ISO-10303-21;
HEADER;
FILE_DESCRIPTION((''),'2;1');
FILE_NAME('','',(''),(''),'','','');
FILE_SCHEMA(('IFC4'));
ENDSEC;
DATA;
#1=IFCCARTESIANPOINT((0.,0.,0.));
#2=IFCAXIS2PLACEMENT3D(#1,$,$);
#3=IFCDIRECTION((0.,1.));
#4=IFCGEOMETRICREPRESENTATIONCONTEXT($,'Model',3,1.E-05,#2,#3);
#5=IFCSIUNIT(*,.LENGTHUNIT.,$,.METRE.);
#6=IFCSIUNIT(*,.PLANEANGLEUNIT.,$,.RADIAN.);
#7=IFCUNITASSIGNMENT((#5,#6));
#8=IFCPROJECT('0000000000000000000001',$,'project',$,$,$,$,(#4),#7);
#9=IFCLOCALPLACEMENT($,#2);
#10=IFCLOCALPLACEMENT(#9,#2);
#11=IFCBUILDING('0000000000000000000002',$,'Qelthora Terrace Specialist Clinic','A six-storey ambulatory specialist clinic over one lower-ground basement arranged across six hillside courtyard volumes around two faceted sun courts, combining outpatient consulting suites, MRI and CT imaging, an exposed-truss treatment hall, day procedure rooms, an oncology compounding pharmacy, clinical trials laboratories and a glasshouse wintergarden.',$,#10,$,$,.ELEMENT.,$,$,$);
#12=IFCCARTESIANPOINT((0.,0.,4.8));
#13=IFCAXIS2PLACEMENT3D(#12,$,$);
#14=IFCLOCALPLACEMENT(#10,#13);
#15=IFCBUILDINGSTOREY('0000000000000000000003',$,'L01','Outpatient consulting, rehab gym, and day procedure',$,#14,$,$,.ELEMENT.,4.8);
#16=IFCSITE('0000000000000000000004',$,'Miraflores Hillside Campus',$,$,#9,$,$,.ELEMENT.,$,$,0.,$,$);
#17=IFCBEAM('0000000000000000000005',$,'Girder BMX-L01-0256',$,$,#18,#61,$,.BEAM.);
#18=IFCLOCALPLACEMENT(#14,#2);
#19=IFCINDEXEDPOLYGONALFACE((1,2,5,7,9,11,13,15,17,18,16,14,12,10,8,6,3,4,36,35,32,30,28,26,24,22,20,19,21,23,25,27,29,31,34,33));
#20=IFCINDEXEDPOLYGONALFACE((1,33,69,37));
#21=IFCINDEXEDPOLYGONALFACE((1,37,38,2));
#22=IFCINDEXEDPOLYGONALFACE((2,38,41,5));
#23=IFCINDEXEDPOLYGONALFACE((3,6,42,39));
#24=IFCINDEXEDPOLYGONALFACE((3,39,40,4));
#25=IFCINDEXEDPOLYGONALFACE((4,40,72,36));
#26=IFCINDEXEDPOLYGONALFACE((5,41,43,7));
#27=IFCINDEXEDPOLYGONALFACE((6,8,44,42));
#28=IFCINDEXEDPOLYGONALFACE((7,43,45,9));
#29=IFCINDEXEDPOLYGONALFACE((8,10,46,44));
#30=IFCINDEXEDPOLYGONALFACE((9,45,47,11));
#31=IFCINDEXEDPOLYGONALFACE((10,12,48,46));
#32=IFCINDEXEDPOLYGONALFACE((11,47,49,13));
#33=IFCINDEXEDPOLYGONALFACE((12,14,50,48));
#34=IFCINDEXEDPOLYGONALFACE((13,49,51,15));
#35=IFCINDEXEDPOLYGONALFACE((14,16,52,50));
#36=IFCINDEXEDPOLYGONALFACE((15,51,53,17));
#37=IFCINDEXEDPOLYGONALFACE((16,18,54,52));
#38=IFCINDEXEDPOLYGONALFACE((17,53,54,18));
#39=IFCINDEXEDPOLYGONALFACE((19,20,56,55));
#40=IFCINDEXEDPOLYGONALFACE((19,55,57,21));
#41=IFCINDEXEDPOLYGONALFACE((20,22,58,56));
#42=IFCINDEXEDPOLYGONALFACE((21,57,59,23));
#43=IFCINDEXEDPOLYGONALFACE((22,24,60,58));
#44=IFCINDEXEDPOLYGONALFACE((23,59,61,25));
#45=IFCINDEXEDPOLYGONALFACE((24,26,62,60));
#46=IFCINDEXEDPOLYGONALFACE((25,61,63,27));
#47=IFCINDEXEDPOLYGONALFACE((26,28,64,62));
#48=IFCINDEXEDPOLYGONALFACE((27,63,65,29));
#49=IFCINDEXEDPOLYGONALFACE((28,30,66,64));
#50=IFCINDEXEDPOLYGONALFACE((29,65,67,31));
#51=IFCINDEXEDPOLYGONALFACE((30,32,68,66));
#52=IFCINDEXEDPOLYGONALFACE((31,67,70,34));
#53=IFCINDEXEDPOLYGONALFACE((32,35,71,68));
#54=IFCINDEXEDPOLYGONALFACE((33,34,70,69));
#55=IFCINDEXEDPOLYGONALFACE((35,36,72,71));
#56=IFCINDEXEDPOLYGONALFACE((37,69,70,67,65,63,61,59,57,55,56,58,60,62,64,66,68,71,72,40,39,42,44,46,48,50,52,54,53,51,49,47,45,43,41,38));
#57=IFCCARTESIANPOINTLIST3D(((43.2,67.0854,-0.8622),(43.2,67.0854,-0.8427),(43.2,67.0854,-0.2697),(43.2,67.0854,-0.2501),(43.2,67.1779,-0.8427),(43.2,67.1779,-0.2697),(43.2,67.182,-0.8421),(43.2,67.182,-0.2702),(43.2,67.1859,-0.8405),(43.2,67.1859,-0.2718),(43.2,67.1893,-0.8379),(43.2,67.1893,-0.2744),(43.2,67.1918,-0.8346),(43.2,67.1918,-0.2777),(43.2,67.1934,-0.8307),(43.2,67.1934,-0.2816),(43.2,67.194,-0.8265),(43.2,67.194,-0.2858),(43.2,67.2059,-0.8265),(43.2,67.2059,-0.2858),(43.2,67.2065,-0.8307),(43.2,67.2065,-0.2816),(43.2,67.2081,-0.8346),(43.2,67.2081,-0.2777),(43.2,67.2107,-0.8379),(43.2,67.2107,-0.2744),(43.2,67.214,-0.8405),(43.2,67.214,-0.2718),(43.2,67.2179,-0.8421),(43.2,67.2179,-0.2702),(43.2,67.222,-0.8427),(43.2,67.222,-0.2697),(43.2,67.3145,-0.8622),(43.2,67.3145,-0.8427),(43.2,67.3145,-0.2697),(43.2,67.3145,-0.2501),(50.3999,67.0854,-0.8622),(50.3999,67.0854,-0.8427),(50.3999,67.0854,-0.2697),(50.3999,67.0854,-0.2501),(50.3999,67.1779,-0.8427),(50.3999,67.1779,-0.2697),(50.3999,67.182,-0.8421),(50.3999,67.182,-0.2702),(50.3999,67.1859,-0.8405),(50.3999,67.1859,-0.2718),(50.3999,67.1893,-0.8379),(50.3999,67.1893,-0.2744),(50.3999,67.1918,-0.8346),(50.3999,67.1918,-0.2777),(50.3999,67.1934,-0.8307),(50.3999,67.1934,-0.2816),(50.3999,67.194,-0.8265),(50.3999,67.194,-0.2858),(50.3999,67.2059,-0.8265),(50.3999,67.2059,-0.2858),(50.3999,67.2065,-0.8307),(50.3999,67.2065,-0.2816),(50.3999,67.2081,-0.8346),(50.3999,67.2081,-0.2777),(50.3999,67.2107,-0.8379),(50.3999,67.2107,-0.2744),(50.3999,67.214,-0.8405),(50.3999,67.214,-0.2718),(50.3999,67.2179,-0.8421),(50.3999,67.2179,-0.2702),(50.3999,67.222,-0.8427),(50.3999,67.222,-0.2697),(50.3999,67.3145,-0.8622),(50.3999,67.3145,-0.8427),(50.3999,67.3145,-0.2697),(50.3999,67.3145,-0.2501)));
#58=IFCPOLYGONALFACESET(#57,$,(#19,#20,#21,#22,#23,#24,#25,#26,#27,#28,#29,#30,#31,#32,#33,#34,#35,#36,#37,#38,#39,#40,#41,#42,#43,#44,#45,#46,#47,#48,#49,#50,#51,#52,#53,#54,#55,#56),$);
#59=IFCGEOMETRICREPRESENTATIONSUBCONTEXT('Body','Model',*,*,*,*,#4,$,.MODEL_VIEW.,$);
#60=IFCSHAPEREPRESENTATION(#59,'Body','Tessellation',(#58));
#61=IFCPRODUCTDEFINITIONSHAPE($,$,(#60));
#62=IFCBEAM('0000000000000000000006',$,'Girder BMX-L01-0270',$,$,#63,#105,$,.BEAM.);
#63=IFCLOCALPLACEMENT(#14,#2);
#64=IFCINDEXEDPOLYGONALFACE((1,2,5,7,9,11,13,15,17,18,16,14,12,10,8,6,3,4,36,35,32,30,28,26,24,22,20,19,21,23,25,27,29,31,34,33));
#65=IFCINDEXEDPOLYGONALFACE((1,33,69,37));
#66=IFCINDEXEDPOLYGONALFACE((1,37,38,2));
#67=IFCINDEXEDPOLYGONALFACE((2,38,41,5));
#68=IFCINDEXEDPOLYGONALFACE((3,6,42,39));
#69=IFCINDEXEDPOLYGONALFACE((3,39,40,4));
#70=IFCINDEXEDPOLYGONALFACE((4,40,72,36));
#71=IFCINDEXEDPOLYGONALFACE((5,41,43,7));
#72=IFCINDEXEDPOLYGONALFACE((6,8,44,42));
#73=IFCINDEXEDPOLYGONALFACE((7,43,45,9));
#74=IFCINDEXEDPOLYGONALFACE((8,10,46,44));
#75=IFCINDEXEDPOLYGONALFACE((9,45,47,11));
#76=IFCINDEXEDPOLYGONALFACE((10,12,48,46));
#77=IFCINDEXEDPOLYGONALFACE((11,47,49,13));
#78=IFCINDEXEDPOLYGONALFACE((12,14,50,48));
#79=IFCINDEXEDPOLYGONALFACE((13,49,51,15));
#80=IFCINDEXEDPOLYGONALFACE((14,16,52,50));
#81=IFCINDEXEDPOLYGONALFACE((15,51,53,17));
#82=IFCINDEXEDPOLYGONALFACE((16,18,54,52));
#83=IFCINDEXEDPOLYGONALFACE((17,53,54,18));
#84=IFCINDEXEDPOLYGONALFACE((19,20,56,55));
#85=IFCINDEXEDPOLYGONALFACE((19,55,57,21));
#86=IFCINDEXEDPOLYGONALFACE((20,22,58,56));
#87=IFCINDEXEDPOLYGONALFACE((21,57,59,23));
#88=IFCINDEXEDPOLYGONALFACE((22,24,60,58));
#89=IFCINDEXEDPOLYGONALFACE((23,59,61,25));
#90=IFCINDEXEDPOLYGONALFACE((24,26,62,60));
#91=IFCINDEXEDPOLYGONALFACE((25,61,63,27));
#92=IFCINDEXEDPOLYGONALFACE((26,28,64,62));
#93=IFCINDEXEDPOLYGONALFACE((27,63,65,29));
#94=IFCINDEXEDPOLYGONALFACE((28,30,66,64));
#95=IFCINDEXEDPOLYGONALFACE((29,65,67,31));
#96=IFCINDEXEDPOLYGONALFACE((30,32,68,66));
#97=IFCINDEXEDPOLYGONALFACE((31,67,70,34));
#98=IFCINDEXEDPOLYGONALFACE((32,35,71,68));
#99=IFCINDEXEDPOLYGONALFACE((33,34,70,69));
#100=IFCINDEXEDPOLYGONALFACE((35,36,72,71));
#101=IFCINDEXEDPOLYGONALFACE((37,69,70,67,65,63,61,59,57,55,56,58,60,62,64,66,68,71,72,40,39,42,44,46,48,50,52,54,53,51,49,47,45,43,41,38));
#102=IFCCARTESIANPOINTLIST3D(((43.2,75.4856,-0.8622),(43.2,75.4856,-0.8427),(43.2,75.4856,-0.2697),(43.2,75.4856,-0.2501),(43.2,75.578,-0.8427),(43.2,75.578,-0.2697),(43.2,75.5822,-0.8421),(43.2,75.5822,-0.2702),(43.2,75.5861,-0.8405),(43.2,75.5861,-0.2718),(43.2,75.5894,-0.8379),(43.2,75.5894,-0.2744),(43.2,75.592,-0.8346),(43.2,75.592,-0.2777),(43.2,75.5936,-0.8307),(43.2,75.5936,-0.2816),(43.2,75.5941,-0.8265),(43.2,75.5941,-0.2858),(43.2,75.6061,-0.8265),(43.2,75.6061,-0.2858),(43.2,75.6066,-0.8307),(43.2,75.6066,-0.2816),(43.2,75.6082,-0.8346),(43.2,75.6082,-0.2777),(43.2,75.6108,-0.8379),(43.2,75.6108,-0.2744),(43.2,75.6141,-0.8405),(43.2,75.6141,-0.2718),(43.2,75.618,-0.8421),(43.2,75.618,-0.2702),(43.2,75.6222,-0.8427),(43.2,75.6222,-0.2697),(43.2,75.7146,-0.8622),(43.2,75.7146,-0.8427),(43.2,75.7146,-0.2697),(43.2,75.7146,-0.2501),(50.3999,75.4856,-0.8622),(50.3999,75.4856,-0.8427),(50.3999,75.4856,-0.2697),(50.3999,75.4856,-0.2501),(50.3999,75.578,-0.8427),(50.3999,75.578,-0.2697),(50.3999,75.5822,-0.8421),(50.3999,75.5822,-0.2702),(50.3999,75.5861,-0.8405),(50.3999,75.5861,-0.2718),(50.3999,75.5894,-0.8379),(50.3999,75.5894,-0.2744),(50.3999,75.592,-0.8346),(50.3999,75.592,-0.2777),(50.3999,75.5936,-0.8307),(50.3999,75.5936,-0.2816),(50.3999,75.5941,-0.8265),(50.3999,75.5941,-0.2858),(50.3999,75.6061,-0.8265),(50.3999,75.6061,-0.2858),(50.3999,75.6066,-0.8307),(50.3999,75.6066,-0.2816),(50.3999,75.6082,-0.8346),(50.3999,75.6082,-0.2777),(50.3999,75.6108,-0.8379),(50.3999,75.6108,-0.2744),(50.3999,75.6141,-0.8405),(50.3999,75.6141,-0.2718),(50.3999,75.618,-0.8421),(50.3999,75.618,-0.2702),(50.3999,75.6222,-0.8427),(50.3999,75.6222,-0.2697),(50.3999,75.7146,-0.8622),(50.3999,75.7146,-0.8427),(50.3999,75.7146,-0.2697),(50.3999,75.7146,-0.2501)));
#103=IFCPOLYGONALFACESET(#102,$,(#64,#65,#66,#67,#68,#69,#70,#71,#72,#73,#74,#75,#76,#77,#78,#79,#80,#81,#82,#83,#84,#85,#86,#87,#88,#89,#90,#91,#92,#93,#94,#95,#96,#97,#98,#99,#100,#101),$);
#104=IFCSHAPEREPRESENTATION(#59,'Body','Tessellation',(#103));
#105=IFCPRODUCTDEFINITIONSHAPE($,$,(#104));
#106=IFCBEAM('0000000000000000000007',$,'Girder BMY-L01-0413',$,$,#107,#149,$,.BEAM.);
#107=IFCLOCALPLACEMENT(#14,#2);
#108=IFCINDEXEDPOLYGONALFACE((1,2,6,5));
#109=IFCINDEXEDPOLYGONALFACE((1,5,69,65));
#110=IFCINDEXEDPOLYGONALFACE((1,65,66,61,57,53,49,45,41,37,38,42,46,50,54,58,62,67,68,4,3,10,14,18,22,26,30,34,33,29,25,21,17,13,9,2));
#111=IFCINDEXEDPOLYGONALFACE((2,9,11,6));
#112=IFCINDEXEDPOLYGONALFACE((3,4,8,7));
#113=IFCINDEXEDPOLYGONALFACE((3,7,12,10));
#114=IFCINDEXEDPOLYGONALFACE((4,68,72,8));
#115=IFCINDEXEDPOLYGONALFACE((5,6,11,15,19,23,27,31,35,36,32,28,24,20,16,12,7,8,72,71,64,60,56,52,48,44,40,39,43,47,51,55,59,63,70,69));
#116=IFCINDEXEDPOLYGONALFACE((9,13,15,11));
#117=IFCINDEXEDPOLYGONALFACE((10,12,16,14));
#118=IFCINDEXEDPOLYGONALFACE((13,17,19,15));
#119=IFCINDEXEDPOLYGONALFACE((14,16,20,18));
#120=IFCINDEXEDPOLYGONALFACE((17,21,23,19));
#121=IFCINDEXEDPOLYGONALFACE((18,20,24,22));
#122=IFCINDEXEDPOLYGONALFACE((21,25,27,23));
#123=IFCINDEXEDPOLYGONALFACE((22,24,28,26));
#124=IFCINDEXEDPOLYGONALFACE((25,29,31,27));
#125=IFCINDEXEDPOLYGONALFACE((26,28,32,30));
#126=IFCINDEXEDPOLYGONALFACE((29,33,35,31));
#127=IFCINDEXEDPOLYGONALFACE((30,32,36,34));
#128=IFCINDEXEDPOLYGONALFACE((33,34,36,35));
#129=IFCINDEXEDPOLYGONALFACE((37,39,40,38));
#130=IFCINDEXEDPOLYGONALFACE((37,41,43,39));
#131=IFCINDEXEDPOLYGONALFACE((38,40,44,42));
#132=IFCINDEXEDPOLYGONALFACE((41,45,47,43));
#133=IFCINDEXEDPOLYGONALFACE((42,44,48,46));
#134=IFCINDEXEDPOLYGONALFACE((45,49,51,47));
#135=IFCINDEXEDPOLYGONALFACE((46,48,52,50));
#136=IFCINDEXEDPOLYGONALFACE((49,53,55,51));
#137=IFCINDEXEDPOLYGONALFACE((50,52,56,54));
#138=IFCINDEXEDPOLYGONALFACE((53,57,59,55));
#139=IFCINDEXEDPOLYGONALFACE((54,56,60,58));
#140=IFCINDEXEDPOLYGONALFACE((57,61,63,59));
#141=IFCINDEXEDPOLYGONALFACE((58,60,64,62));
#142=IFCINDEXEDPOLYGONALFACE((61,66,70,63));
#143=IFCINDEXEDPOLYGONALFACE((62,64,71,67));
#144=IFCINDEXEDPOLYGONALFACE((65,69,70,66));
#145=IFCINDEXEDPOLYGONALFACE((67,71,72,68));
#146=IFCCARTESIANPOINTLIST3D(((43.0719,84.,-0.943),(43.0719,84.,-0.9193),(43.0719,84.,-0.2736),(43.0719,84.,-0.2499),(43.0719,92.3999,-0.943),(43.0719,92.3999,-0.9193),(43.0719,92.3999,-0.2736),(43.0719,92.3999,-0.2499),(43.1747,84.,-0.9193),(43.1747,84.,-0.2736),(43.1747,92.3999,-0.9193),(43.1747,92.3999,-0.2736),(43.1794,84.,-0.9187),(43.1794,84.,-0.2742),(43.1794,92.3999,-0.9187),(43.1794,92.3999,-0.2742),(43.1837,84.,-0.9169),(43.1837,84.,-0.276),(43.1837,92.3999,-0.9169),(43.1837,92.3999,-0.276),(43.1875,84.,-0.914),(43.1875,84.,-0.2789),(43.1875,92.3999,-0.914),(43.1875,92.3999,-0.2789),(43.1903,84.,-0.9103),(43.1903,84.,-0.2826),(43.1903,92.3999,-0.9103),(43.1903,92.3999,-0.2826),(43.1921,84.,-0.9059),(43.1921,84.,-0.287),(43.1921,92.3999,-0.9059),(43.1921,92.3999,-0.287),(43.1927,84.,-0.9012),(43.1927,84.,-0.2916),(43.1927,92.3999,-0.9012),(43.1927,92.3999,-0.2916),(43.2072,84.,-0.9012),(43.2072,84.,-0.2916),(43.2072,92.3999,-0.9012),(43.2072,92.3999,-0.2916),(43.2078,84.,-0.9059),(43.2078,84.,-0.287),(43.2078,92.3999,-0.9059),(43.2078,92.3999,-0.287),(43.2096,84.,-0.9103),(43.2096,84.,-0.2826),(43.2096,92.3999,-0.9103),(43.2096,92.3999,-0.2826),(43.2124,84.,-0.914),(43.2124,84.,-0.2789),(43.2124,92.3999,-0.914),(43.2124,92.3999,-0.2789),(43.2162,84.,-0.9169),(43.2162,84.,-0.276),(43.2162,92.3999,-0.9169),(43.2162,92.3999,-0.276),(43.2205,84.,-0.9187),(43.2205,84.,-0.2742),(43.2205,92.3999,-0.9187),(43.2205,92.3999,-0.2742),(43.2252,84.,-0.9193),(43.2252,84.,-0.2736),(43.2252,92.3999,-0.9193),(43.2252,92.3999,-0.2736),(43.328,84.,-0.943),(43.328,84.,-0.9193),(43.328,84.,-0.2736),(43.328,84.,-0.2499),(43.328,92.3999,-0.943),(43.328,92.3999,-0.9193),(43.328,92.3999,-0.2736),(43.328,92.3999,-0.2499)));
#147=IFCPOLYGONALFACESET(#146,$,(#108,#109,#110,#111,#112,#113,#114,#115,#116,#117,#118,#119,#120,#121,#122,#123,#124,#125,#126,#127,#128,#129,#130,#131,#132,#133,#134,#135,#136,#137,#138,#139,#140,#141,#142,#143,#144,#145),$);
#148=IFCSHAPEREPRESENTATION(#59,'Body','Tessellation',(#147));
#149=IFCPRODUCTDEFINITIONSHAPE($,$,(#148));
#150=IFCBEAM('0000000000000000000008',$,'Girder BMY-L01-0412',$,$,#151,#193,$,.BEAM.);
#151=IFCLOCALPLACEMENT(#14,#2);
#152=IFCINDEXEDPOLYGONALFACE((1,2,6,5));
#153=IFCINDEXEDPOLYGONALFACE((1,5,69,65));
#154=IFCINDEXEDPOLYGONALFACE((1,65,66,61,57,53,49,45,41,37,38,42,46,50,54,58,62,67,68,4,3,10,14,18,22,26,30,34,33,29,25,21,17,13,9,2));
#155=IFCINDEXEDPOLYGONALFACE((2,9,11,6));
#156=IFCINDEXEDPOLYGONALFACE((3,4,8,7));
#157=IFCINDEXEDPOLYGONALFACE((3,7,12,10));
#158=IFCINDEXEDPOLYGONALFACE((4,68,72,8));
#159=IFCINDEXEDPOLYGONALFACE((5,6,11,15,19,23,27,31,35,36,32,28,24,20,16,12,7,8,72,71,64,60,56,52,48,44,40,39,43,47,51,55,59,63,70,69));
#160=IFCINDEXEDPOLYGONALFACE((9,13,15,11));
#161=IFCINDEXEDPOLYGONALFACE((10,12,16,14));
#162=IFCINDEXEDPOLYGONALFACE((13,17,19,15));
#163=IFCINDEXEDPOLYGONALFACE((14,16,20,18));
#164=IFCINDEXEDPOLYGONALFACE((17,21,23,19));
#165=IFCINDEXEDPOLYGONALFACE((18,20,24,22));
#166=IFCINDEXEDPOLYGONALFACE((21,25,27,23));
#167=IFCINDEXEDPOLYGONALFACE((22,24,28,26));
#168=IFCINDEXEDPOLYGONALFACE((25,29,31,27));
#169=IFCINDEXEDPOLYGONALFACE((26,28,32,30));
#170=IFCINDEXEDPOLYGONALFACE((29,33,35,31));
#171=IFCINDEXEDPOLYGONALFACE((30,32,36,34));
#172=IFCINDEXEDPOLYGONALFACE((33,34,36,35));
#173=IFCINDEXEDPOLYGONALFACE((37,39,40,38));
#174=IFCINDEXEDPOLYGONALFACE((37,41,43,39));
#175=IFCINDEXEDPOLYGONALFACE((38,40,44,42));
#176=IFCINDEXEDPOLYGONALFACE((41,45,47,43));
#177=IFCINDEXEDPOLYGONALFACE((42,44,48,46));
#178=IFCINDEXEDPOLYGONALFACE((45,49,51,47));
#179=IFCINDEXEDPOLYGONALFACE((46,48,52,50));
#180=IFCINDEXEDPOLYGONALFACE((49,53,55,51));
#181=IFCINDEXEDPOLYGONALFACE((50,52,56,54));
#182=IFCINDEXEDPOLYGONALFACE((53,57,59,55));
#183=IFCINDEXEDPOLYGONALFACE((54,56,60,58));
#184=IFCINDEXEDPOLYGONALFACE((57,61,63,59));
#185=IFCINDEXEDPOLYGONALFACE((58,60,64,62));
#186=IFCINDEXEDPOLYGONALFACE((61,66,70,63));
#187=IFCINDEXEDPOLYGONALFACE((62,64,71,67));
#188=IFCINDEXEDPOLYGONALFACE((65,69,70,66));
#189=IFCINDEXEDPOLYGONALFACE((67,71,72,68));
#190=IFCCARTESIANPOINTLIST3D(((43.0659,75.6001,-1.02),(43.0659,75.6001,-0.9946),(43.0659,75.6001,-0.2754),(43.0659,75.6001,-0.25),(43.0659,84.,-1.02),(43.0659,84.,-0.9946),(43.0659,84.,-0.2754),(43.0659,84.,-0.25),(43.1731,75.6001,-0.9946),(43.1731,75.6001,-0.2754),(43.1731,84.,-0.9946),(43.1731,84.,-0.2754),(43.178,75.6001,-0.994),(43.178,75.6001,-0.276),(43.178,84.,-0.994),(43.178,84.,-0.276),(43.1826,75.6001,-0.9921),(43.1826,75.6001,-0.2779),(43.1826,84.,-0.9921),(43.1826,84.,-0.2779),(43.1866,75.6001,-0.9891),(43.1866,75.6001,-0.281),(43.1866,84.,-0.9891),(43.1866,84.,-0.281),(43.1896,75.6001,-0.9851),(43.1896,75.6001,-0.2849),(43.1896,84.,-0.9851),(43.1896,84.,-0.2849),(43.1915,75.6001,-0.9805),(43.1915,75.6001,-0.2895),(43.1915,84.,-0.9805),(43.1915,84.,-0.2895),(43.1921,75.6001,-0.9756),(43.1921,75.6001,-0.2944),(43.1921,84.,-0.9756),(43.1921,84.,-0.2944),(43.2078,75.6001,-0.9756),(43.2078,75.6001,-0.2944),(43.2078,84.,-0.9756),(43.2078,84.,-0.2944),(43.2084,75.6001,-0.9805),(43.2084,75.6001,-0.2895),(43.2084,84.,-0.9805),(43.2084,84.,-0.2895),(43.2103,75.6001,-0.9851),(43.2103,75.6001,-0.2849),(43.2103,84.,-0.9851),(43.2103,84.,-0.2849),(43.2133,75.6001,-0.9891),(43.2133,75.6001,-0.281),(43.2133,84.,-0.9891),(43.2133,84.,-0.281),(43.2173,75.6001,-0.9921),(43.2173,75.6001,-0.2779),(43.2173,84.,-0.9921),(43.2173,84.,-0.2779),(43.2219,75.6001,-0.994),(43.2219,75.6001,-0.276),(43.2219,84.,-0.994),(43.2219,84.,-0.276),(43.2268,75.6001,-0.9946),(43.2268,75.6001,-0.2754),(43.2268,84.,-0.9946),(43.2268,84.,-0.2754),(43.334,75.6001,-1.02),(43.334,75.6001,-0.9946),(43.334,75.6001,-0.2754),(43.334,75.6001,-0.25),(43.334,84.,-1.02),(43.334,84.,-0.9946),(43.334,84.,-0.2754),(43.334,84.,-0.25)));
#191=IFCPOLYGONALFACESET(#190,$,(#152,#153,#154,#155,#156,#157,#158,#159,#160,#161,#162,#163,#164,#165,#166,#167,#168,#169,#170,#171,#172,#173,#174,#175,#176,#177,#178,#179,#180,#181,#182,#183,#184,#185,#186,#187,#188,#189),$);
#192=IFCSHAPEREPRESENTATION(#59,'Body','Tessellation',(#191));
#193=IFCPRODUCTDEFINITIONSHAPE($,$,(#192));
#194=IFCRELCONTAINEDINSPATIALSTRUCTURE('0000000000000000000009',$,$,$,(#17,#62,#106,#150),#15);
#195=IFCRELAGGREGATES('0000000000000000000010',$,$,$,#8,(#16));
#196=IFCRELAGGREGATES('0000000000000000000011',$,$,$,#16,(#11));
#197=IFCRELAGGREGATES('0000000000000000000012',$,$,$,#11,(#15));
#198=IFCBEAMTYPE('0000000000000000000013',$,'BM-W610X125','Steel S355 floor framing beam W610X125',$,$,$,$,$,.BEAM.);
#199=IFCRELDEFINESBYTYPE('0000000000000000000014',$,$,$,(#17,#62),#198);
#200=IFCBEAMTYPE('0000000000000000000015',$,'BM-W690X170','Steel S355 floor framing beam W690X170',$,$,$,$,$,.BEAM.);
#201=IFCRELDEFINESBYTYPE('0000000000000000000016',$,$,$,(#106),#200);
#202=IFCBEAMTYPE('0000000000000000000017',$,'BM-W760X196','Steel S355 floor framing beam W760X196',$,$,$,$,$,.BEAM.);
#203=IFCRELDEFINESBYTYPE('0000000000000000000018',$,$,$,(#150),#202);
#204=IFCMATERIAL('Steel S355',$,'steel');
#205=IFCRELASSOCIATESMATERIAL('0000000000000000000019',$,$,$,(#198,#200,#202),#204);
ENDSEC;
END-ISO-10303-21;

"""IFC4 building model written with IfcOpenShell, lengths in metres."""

from ifc_helpers import new_model, si_unit, direction, frame, origin, origin_2d, place, context, subcontext, project, spatial, i_section, extrude, material, material_profile, profile_set, type_object, element, save


model = new_model("IFC4")

# Units and contexts
model_context = context("Model", 3, precision=1e-05, world=origin(), true_north=direction((0.0, 1.0)))
body_context = subcontext(model_context, "Body", "Model", "MODEL_VIEW")
ifc_project = project(units=[si_unit("LENGTHUNIT", "METRE"), si_unit("PLANEANGLEUNIT", "RADIAN")], contexts=[model_context])

# Site, building, storey
site_placement = place(None, origin())
site = spatial("IfcSite", under=ifc_project, at=site_placement, Name="Miraflores Hillside Campus", CompositionType="ELEMENT", RefElevation=0.0)
building_placement = place(site_placement, origin())
building = spatial("IfcBuilding", under=site, at=building_placement, Name="Qelthora Terrace Specialist Clinic", Description="A six-storey ambulatory specialist clinic over one lower-ground basement arranged across six hillside courtyard volumes around two faceted sun courts, combining outpatient consulting suites, MRI and CT imaging, an exposed-truss treatment hall, day procedure rooms, an oncology compounding pharmacy, clinical trials laboratories and a glasshouse wintergarden.", CompositionType="ELEMENT")
storey_placement = place(building_placement, frame((0.0, 0.0, 4.8)))
storey = spatial("IfcBuildingStorey", under=building, at=storey_placement, Name="L01", Description="Outpatient consulting, rehab gym, and day procedure", CompositionType="ELEMENT", Elevation=4.8)

# Shared definitions
ifc_material_1 = material(Name="Steel S355", Category="steel")

# Beams
ifc_material_profile_1 = material_profile(ifc_material_1, i_section(OverallWidth=0.229, OverallDepth=0.6121, WebThickness=0.012, FlangeThickness=0.0195, FilletRadius=0.0161, at=origin_2d()), Name="W610X125")
ifc_profile_set_1 = profile_set([ifc_material_profile_1], Name="Steel S355")
beam_type_1 = type_object("IfcBeamType", Name="BM-W610X125", Description="Steel S355 floor framing beam W610X125", PredefinedType="BEAM", material=ifc_profile_set_1)
for number, where, z_axis, x_axis, name in (
    (1, (43.2, 67.2, -0.5562), (1.0, 0.0, 0.0), (0.0, 1.0, 0.0), "Girder BMX-L01-0256"),
    (2, (43.2, 75.6001, -0.5562), (1.0, 0.0, 0.0), (0.0, 1.0, 0.0), "Girder BMX-L01-0270"),
):
    element("IfcBeam", number, at=place(storey_placement, frame(where, z_axis=z_axis, x_axis=x_axis)), inside=storey, type_object=beam_type_1, Name=name, PredefinedType="BEAM", context=body_context, shape_type="SweptSolid", body=[
        extrude(i_section(OverallWidth=0.229, OverallDepth=0.6121, WebThickness=0.012, FlangeThickness=0.0195, FilletRadius=0.0161, at=origin_2d()), origin(), (0.0, 0.0, 1.0), 7.2),
    ])
ifc_material_profile_2 = material_profile(ifc_material_1, i_section(OverallWidth=0.2561, OverallDepth=0.6931, WebThickness=0.0144, FlangeThickness=0.0237, FilletRadius=0.0181, at=origin_2d()), Name="W690X170")
ifc_profile_set_2 = profile_set([ifc_material_profile_2], Name="Steel S355")
beam_type_2 = type_object("IfcBeamType", Name="BM-W690X170", Description="Steel S355 floor framing beam W690X170", PredefinedType="BEAM", material=ifc_profile_set_2)
beam_1_placement = place(storey_placement, frame((43.2, 84.0, -0.5964), z_axis=(0.0, 1.0, 0.0), x_axis=(-1.0, 0.0, 0.0)))
element("IfcBeam", 3, at=beam_1_placement, inside=storey, type_object=beam_type_2, Name="Girder BMY-L01-0413", PredefinedType="BEAM", context=body_context, shape_type="SweptSolid", body=[
    extrude(i_section(OverallWidth=0.2561, OverallDepth=0.6931, WebThickness=0.0144, FlangeThickness=0.0237, FilletRadius=0.0181, at=origin_2d()), origin(), (0.0, 0.0, 1.0), 8.3999),
])
ifc_material_profile_3 = material_profile(ifc_material_1, i_section(OverallWidth=0.2681, OverallDepth=0.77, WebThickness=0.0156, FlangeThickness=0.0254, FilletRadius=0.019, at=origin_2d()), Name="W760X196")
ifc_profile_set_3 = profile_set([ifc_material_profile_3], Name="Steel S355")
beam_type_3 = type_object("IfcBeamType", Name="BM-W760X196", Description="Steel S355 floor framing beam W760X196", PredefinedType="BEAM", material=ifc_profile_set_3)
beam_2_placement = place(storey_placement, frame((43.2, 75.6001, -0.635), z_axis=(0.0, 1.0, 0.0), x_axis=(-1.0, 0.0, 0.0)))
element("IfcBeam", 4, at=beam_2_placement, inside=storey, type_object=beam_type_3, Name="Girder BMY-L01-0412", PredefinedType="BEAM", context=body_context, shape_type="SweptSolid", body=[
    extrude(i_section(OverallWidth=0.2681, OverallDepth=0.77, WebThickness=0.0156, FlangeThickness=0.0254, FilletRadius=0.019, at=origin_2d()), origin(), (0.0, 0.0, 1.0), 8.3999),
])

save(model, "model.ifc")
